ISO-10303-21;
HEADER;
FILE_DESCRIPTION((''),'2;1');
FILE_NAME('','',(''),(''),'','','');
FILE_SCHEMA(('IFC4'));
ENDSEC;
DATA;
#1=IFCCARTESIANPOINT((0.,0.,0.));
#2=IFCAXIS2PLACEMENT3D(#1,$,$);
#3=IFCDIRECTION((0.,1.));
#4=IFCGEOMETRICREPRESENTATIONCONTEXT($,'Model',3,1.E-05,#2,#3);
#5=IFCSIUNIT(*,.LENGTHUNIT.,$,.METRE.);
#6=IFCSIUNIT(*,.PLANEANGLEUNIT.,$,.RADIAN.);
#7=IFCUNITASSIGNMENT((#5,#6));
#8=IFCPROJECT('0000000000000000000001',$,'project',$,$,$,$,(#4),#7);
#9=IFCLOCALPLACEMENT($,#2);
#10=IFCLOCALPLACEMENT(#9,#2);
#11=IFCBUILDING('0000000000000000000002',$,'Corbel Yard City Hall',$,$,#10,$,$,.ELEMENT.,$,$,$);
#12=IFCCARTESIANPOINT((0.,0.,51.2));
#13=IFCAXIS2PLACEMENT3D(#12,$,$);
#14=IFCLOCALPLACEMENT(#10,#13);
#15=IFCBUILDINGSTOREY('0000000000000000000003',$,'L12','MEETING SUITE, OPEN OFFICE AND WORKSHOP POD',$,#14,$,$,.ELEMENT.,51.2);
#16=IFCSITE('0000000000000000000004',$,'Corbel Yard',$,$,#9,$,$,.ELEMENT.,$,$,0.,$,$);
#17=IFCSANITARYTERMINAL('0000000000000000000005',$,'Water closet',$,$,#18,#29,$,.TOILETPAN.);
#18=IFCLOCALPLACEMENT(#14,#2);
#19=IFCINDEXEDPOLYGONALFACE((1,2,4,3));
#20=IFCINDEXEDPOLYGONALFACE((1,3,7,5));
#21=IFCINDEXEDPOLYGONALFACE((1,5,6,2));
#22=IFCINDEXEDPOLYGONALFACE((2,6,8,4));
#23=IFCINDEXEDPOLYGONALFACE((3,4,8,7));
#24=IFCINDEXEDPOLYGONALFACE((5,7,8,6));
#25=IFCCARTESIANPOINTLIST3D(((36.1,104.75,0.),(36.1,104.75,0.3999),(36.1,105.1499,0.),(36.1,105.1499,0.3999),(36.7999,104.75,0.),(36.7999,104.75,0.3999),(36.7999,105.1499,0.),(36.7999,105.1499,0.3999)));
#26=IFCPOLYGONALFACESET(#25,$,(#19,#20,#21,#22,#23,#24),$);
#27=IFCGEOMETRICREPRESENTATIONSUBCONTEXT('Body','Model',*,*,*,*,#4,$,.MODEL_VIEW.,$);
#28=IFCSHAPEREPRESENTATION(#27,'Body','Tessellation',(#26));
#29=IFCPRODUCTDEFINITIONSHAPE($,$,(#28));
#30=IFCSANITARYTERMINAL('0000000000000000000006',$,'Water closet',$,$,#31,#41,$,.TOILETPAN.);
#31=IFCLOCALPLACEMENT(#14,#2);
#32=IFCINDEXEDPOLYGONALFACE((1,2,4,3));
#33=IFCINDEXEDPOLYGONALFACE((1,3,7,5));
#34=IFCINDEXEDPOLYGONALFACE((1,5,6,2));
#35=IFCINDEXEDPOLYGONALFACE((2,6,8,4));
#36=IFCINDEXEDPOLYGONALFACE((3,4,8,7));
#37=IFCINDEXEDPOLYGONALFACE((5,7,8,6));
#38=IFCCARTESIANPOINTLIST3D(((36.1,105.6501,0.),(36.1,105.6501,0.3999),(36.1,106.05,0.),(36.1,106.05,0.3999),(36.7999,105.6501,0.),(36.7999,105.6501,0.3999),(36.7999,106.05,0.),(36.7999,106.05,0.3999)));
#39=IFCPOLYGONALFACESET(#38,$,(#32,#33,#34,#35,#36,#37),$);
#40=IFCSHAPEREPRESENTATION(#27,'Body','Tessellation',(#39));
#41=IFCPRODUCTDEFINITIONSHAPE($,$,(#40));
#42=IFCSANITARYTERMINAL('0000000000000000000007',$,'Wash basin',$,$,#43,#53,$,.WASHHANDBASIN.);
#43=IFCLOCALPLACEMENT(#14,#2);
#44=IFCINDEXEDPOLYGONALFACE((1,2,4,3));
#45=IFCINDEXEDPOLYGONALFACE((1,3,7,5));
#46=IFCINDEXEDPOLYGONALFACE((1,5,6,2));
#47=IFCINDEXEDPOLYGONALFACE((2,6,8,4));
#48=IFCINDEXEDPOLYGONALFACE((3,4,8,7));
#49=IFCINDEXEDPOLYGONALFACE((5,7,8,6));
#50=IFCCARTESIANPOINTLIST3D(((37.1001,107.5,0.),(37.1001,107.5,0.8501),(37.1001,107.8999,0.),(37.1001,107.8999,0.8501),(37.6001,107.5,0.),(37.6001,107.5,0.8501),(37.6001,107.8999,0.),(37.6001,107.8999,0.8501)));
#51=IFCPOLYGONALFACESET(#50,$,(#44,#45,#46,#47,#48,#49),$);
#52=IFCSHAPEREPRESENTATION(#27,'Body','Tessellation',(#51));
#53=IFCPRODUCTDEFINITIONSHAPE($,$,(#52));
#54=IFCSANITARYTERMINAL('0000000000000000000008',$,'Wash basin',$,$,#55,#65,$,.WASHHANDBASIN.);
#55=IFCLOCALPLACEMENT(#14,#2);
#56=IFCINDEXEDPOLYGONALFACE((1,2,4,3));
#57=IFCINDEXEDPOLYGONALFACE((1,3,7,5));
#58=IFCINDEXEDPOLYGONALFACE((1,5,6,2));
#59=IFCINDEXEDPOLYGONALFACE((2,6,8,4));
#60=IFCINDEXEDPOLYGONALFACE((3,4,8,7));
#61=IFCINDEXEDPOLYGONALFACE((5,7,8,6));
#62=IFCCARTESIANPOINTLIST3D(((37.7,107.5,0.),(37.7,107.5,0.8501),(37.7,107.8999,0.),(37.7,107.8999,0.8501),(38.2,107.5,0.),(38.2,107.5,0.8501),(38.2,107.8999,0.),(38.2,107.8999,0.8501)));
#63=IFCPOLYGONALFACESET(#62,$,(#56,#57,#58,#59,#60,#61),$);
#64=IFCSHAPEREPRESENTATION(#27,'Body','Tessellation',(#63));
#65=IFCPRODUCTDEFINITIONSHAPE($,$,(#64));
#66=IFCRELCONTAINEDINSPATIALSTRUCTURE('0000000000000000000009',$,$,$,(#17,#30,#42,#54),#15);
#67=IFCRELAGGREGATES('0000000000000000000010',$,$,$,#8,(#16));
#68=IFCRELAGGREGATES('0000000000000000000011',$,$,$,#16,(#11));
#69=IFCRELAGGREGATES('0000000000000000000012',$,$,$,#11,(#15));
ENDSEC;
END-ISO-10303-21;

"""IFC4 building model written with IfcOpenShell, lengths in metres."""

from ifc_helpers import new_model, si_unit, direction, frame, origin, origin_2d, place, context, subcontext, project, spatial, rectangle, extrude, element, save


model = new_model("IFC4")

# Units and contexts
model_context = context("Model", 3, precision=1e-05, world=origin(), true_north=direction((0.0, 1.0)))
body_context = subcontext(model_context, "Body", "Model", "MODEL_VIEW")
ifc_project = project(units=[si_unit("LENGTHUNIT", "METRE"), si_unit("PLANEANGLEUNIT", "RADIAN")], contexts=[model_context])

# Site, building, storey
site_placement = place(None, origin())
site = spatial("IfcSite", under=ifc_project, at=site_placement, Name="Corbel Yard", CompositionType="ELEMENT", RefElevation=0.0)
building_placement = place(site_placement, origin())
building = spatial("IfcBuilding", under=site, at=building_placement, Name="Corbel Yard City Hall", CompositionType="ELEMENT")
storey_placement = place(building_placement, frame((0.0, 0.0, 51.2)))
storey = spatial("IfcBuildingStorey", under=building, at=storey_placement, Name="L12", Description="MEETING SUITE, OPEN OFFICE AND WORKSHOP POD", CompositionType="ELEMENT", Elevation=51.2)

# Sanitary terminals
for number, where, z_axis, x_axis, name in (
    (1, (36.45, 104.95, 0.0), (0.0, 0.0, 1.0), (1.0, 0.0, 0.0), "Water closet"),
    (2, (36.45, 105.8501, 0.0), (0.0, 0.0, 1.0), (1.0, 0.0, 0.0), "Water closet"),
):
    element("IfcSanitaryTerminal", number, at=place(storey_placement, frame(where, z_axis=z_axis, x_axis=x_axis)), inside=storey, Name=name, PredefinedType="TOILETPAN", context=body_context, shape_type="SweptSolid", body=[
        extrude(rectangle(XDim=0.7, YDim=0.3999, at=origin_2d()), origin(), (0.0, 0.0, 1.0), 0.3999),
    ])
for number, where, z_axis, x_axis, name in (
    (3, (37.3501, 107.7, 0.0), (0.0, 0.0, 1.0), (1.0, 0.0, 0.0), "Wash basin"),
    (4, (37.95, 107.7, 0.0), (0.0, 0.0, 1.0), (1.0, 0.0, 0.0), "Wash basin"),
):
    element("IfcSanitaryTerminal", number, at=place(storey_placement, frame(where, z_axis=z_axis, x_axis=x_axis)), inside=storey, Name=name, PredefinedType="WASHHANDBASIN", context=body_context, shape_type="SweptSolid", body=[
        extrude(rectangle(XDim=0.5, YDim=0.3999, at=origin_2d()), origin(), (0.0, 0.0, 1.0), 0.8501),
    ])

save(model, "model.ifc")
